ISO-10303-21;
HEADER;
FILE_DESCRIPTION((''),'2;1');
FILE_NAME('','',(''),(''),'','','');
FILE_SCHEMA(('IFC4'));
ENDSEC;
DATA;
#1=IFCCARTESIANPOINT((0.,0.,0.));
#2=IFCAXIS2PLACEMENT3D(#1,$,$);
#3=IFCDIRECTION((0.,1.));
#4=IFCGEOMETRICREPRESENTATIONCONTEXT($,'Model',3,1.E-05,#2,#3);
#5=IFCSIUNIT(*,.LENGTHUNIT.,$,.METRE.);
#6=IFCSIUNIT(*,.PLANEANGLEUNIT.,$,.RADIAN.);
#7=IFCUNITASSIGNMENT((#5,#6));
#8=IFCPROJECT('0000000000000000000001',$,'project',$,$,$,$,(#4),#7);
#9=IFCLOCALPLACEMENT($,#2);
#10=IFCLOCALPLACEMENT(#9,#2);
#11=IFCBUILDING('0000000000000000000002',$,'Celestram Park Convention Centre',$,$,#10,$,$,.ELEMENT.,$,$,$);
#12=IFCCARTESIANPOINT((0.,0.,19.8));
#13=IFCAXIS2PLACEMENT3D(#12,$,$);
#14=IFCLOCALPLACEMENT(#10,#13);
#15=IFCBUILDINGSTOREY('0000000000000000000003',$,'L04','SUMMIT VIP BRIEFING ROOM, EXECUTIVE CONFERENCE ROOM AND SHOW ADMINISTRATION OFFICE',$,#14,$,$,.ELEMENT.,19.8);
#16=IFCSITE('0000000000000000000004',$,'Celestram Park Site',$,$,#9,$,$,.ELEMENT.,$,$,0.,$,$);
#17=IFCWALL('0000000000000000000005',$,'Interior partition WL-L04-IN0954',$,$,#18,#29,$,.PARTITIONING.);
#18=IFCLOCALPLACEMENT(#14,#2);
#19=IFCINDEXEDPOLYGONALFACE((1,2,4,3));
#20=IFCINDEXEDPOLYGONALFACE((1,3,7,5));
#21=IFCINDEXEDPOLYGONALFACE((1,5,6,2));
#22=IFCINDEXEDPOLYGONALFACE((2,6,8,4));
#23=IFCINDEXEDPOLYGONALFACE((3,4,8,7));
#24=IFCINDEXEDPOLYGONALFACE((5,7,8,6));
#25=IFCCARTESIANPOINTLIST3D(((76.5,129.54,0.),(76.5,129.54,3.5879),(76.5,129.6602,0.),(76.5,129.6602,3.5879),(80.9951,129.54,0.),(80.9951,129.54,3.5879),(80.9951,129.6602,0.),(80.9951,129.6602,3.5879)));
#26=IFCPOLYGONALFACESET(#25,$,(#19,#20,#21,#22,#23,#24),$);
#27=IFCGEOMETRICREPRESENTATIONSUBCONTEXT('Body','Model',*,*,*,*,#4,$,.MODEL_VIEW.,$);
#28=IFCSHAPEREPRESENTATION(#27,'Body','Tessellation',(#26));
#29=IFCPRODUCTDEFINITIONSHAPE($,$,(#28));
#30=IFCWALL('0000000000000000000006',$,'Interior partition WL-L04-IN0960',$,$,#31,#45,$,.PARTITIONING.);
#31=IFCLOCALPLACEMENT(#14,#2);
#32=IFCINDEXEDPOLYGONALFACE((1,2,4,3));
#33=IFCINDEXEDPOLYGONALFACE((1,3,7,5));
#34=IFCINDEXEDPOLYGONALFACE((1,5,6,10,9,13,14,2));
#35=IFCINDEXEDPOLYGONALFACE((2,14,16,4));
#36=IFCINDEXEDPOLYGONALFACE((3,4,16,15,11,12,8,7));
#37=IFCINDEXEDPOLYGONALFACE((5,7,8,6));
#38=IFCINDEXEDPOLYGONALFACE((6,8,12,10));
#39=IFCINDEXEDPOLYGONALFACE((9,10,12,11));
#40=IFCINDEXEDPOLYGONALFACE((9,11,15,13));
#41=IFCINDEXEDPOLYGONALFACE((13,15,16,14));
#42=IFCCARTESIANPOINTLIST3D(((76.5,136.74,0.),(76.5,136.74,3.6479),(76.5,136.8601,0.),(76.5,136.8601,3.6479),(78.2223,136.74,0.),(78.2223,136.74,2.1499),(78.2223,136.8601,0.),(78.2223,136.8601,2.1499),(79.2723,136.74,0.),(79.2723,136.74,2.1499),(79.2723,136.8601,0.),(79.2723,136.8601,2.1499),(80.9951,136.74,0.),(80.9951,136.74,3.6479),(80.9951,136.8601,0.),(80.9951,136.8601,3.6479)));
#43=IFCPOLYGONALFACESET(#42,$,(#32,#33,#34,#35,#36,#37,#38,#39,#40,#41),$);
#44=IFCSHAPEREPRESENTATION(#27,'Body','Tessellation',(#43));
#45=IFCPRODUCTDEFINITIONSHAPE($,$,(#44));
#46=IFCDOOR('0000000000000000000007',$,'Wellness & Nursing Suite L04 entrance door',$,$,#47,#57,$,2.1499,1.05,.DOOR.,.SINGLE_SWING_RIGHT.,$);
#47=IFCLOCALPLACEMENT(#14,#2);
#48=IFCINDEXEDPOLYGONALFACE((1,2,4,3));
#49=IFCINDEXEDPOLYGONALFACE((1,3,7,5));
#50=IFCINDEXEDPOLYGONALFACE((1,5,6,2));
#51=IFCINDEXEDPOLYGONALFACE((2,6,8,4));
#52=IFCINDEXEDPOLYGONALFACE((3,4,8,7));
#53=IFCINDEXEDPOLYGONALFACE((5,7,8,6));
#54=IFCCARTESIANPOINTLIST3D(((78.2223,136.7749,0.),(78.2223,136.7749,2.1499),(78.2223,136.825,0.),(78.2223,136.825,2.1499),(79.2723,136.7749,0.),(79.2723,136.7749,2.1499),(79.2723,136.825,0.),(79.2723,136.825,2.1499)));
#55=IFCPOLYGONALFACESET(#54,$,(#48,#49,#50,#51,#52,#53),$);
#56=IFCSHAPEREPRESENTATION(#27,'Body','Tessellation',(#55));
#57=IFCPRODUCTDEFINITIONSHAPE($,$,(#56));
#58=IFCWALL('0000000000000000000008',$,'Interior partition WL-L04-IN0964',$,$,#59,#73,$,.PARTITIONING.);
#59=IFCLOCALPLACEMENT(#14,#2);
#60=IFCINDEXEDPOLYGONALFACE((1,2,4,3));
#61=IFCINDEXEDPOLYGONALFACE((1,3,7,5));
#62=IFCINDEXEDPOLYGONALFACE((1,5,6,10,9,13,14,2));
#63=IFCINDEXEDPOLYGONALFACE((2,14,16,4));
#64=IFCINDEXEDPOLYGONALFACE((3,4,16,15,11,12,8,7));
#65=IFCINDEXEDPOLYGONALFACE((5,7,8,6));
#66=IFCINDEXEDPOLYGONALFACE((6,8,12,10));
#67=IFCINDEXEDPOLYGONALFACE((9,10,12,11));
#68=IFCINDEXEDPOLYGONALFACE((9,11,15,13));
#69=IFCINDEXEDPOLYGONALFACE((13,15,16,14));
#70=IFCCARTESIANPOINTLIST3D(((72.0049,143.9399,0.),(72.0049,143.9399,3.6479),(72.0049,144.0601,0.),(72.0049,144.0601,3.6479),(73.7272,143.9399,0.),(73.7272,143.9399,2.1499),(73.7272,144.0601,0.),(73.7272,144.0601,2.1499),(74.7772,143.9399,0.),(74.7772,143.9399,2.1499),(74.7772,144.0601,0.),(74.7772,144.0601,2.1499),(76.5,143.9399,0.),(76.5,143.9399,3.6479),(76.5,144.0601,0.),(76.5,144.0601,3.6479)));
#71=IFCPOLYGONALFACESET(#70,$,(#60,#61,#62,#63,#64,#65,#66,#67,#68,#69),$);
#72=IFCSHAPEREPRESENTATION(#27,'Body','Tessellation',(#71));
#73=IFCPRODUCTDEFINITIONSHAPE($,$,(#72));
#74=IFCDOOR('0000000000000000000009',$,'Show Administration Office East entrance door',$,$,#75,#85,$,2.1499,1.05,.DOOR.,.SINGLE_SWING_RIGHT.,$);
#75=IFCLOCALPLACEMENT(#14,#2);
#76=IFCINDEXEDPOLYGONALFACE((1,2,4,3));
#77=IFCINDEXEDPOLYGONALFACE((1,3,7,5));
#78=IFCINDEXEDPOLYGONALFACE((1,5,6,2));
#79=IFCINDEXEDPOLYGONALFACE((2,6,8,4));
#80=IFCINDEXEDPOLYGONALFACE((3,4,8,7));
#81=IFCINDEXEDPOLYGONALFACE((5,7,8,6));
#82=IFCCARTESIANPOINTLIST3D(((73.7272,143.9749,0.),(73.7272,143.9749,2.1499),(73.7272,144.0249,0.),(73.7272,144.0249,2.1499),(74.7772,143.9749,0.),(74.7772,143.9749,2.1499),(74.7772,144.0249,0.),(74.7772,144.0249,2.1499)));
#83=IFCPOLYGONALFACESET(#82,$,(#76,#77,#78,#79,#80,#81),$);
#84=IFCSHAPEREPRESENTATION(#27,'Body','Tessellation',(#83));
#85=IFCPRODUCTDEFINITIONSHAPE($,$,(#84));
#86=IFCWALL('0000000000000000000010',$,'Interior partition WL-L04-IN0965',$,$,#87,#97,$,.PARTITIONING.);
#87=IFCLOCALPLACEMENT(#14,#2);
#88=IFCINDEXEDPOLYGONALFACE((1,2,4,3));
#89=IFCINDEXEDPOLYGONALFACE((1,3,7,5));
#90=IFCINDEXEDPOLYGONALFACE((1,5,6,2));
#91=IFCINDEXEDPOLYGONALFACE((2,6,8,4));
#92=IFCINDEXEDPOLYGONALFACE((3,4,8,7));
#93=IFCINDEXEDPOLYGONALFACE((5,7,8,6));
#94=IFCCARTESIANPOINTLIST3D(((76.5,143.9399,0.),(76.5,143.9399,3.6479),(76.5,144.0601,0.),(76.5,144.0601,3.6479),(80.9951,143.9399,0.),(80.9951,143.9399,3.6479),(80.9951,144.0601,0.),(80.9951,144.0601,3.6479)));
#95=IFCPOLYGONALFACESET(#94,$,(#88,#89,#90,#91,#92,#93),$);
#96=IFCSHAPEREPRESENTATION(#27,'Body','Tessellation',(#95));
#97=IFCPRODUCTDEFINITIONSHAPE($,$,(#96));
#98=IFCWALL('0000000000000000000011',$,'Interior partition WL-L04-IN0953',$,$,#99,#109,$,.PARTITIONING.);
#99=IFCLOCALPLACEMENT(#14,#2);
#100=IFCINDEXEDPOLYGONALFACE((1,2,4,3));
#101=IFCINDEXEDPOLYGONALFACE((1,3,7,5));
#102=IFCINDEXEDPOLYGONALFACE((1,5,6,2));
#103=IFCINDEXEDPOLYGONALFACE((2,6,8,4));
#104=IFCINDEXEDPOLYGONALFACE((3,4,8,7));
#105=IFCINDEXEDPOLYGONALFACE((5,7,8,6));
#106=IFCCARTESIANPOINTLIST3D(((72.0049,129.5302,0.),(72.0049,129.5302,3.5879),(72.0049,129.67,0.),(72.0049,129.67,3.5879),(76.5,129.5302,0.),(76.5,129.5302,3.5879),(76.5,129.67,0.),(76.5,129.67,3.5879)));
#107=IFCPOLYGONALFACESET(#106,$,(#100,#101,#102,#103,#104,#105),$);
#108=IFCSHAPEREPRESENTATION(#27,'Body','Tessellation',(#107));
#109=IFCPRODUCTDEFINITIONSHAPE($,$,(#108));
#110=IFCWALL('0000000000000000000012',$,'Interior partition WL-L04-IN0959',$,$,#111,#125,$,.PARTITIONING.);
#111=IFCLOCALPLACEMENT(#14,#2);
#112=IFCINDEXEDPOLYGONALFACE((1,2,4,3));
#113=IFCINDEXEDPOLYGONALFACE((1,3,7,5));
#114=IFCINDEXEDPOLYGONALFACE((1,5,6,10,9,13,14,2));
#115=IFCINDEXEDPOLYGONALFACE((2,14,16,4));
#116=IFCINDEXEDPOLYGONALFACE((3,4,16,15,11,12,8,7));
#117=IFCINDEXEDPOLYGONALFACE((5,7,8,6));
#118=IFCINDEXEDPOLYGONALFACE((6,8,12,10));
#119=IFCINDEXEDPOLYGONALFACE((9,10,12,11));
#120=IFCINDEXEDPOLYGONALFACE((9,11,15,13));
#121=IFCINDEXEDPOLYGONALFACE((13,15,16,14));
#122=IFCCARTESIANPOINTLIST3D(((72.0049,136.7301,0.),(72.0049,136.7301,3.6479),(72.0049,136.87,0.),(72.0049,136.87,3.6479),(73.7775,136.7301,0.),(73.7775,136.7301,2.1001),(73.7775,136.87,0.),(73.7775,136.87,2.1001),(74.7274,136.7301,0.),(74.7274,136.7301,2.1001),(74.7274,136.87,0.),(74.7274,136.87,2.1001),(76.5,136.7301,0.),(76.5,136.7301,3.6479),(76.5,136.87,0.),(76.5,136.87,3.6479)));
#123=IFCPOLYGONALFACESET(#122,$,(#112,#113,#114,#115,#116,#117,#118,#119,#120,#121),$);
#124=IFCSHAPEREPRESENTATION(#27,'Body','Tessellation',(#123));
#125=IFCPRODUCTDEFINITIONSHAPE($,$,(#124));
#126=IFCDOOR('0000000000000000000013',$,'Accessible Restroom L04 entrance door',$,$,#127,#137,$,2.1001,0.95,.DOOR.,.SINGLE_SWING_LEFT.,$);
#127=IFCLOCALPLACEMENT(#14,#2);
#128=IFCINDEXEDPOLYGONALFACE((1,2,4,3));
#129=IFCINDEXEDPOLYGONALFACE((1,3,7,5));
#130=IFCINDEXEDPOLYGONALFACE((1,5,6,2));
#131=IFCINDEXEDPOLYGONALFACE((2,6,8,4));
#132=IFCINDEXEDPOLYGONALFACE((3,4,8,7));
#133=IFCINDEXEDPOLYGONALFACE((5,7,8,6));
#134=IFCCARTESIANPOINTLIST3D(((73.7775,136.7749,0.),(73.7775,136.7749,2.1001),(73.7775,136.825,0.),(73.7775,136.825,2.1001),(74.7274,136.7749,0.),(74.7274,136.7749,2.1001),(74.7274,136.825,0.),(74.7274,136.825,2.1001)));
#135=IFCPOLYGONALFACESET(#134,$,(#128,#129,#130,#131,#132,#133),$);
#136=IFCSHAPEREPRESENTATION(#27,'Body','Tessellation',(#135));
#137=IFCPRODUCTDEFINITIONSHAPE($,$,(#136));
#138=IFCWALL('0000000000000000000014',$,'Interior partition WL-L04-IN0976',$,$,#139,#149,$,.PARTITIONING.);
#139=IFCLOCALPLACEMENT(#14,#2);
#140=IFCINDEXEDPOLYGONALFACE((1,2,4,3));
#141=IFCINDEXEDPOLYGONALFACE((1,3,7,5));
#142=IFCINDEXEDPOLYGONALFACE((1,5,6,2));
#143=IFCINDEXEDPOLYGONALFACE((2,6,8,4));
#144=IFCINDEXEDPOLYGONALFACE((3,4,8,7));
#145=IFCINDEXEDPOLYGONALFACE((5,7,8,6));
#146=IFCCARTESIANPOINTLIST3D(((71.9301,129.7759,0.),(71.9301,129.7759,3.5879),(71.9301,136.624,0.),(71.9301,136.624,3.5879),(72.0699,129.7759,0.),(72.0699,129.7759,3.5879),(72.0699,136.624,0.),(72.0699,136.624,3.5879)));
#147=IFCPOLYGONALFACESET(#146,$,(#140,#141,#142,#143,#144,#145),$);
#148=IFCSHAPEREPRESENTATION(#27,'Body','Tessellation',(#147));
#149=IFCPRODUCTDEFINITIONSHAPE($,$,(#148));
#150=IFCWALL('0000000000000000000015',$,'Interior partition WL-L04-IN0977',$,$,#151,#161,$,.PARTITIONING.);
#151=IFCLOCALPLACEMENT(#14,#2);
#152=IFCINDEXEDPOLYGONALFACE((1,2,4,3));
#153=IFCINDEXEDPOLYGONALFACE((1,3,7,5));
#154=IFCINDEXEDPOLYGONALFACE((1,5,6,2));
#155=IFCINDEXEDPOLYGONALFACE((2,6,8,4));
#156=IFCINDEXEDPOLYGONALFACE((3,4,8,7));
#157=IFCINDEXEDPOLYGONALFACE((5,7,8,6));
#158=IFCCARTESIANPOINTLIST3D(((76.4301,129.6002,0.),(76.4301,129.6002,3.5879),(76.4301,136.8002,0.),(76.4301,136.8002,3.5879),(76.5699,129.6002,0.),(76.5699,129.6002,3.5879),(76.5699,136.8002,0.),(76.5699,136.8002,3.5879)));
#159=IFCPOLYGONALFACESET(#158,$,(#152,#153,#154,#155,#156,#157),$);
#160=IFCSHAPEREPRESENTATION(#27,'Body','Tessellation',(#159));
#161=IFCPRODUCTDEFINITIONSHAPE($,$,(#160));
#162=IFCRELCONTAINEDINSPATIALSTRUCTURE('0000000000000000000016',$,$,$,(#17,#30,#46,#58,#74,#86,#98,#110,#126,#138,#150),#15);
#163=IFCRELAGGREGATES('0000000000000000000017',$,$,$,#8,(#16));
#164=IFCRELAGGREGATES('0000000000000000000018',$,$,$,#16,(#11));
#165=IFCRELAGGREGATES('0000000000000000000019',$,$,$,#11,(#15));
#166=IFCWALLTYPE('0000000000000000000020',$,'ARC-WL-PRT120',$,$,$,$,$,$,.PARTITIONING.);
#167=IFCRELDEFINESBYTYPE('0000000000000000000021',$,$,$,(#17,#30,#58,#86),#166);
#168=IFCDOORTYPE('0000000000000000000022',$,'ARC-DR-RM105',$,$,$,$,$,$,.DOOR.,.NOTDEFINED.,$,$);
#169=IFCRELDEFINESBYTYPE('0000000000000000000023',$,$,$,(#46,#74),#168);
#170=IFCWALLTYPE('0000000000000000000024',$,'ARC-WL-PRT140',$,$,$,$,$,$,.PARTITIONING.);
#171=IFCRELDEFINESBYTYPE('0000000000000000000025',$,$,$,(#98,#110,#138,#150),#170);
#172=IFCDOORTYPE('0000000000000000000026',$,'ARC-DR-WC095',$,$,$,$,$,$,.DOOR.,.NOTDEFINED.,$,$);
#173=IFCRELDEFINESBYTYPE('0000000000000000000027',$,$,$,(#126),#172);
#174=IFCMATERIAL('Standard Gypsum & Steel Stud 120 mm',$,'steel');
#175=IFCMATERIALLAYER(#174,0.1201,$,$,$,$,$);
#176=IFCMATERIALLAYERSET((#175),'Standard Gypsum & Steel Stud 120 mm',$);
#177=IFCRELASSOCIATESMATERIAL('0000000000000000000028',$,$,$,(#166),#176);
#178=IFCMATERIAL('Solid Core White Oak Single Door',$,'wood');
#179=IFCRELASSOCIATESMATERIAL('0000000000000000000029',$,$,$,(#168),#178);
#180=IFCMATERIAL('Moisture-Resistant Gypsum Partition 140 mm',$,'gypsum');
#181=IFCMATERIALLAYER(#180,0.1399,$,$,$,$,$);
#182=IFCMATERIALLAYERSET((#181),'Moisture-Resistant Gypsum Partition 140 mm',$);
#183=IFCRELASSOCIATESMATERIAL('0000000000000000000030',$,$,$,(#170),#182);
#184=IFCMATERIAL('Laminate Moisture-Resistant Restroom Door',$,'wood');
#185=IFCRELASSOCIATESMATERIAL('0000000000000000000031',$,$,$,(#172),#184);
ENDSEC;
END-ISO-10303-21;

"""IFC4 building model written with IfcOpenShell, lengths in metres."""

from ifc_helpers import new_model, si_unit, direction, frame, frame_2d, origin, place, context, subcontext, project, spatial, rectangle, extrude, material, layer, layer_set, type_object, element, fill, save


model = new_model("IFC4")

# Units and contexts
model_context = context("Model", 3, precision=1e-05, world=origin(), true_north=direction((0.0, 1.0)))
body_context = subcontext(model_context, "Body", "Model", "MODEL_VIEW")
ifc_project = project(units=[si_unit("LENGTHUNIT", "METRE"), si_unit("PLANEANGLEUNIT", "RADIAN")], contexts=[model_context])

# Site, building, storey
site_placement = place(None, origin())
site = spatial("IfcSite", under=ifc_project, at=site_placement, Name="Celestram Park Site", CompositionType="ELEMENT", RefElevation=0.0)
building_placement = place(site_placement, origin())
building = spatial("IfcBuilding", under=site, at=building_placement, Name="Celestram Park Convention Centre", CompositionType="ELEMENT")
storey_placement = place(building_placement, frame((0.0, 0.0, 19.8)))
storey = spatial("IfcBuildingStorey", under=building, at=storey_placement, Name="L04", Description="SUMMIT VIP BRIEFING ROOM, EXECUTIVE CONFERENCE ROOM AND SHOW ADMINISTRATION OFFICE", CompositionType="ELEMENT", Elevation=19.8)

# Wall
ifc_material_1 = material(Name="Standard Gypsum & Steel Stud 120 mm", Category="steel")
ifc_layer_1 = layer(ifc_material_1, 0.1201)
ifc_layer_set_1 = layer_set([ifc_layer_1], Name="Standard Gypsum & Steel Stud 120 mm")
wall_type_1 = type_object("IfcWallType", Name="ARC-WL-PRT120", PredefinedType="PARTITIONING", material=ifc_layer_set_1)
wall_1_placement = place(storey_placement, frame((76.5, 129.6001, 0.0), z_axis=(0.0, 0.0, 1.0), x_axis=(1.0, 0.0, 0.0)))
element("IfcWall", 1, at=wall_1_placement, inside=storey, type_object=wall_type_1, Name="Interior partition WL-L04-IN0954", PredefinedType="PARTITIONING", context=body_context, shape_type="SweptSolid", body=[
    extrude(rectangle(XDim=4.4951, YDim=0.1201, at=frame_2d((2.2476, 0.0))), origin(), (0.0, 0.0, 1.0), 3.5879),
])

# Walls, openings, doors
wall_2_placement = place(storey_placement, frame((76.5, 136.8, 0.0), z_axis=(0.0, 0.0, 1.0), x_axis=(1.0, 0.0, 0.0)))
wall_2 = element("IfcWall", 2, at=wall_2_placement, inside=storey, type_object=wall_type_1, Name="Interior partition WL-L04-IN0960", PredefinedType="PARTITIONING", context=body_context, shape_type="SweptSolid", body=[
    extrude(rectangle(XDim=4.4951, YDim=0.1201, at=frame_2d((2.2476, 0.0))), origin(), (0.0, 0.0, 1.0), 3.6479),
])
opening_1_placement = place(wall_2_placement, frame((1.7224, 0.0, 0.0)))
opening_1 = element("IfcOpeningElement", 3, at=opening_1_placement, cuts=wall_2, PredefinedType="OPENING", context=body_context, shape_type="SweptSolid", body=[
    extrude(rectangle(XDim=1.05, YDim=2.1499, at=frame_2d((0.5249, 1.075))), frame((0.0, 0.0701, 0.0), z_axis=(0.0, -1.0, 0.0), x_axis=(1.0, 0.0, 0.0)), (0.0, 0.0, 1.0), 0.1401),
])
ifc_material_2 = material(Name="Solid Core White Oak Single Door", Category="wood")
door_type_1 = type_object("IfcDoorType", Name="ARC-DR-RM105", OperationType="NOTDEFINED", PredefinedType="DOOR", material=ifc_material_2)
door_1_placement = place(opening_1_placement, origin())
door_1 = element("IfcDoor", 4, at=door_1_placement, inside=storey, type_object=door_type_1, Name="Wellness & Nursing Suite L04 entrance door", OperationType="SINGLE_SWING_RIGHT", OverallHeight=2.1499, OverallWidth=1.05, PredefinedType="DOOR", context=body_context, shape_type="SweptSolid", body=[
    extrude(rectangle(XDim=1.05, YDim=2.1499, at=frame_2d((0.5249, 1.075))), frame((0.0, 0.0249, 0.0), z_axis=(0.0, -1.0, 0.0), x_axis=(1.0, 0.0, 0.0)), (0.0, 0.0, 1.0), 0.05),
])
fill(opening_1, door_1)
wall_3_placement = place(storey_placement, frame((72.0049, 144.0, 0.0), z_axis=(0.0, 0.0, 1.0), x_axis=(1.0, 0.0, 0.0)))
wall_3 = element("IfcWall", 5, at=wall_3_placement, inside=storey, type_object=wall_type_1, Name="Interior partition WL-L04-IN0964", PredefinedType="PARTITIONING", context=body_context, shape_type="SweptSolid", body=[
    extrude(rectangle(XDim=4.4951, YDim=0.1201, at=frame_2d((2.2476, 0.0))), origin(), (0.0, 0.0, 1.0), 3.6479),
])
opening_2_placement = place(wall_3_placement, frame((1.7224, 0.0, 0.0)))
opening_2 = element("IfcOpeningElement", 6, at=opening_2_placement, cuts=wall_3, PredefinedType="OPENING", context=body_context, shape_type="SweptSolid", body=[
    extrude(rectangle(XDim=1.05, YDim=2.1499, at=frame_2d((0.5249, 1.075))), frame((0.0, 0.0701, 0.0), z_axis=(0.0, -1.0, 0.0), x_axis=(1.0, 0.0, 0.0)), (0.0, 0.0, 1.0), 0.1401),
])
door_2_placement = place(opening_2_placement, origin())
door_2 = element("IfcDoor", 7, at=door_2_placement, inside=storey, type_object=door_type_1, Name="Show Administration Office East entrance door", OperationType="SINGLE_SWING_RIGHT", OverallHeight=2.1499, OverallWidth=1.05, PredefinedType="DOOR", context=body_context, shape_type="SweptSolid", body=[
    extrude(rectangle(XDim=1.05, YDim=2.1499, at=frame_2d((0.5249, 1.075))), frame((0.0, 0.0249, 0.0), z_axis=(0.0, -1.0, 0.0), x_axis=(1.0, 0.0, 0.0)), (0.0, 0.0, 1.0), 0.05),
])
fill(opening_2, door_2)

# Walls
wall_4_placement = place(storey_placement, frame((76.5, 144.0, 0.0), z_axis=(0.0, 0.0, 1.0), x_axis=(1.0, 0.0, 0.0)))
element("IfcWall", 8, at=wall_4_placement, inside=storey, type_object=wall_type_1, Name="Interior partition WL-L04-IN0965", PredefinedType="PARTITIONING", context=body_context, shape_type="SweptSolid", body=[
    extrude(rectangle(XDim=4.4951, YDim=0.1201, at=frame_2d((2.2476, 0.0))), origin(), (0.0, 0.0, 1.0), 3.6479),
])
ifc_material_3 = material(Name="Moisture-Resistant Gypsum Partition 140 mm", Category="gypsum")
ifc_layer_2 = layer(ifc_material_3, 0.1399)
ifc_layer_set_2 = layer_set([ifc_layer_2], Name="Moisture-Resistant Gypsum Partition 140 mm")
wall_type_2 = type_object("IfcWallType", Name="ARC-WL-PRT140", PredefinedType="PARTITIONING", material=ifc_layer_set_2)
wall_5_placement = place(storey_placement, frame((72.0049, 129.6001, 0.0), z_axis=(0.0, 0.0, 1.0), x_axis=(1.0, 0.0, 0.0)))
element("IfcWall", 9, at=wall_5_placement, inside=storey, type_object=wall_type_2, Name="Interior partition WL-L04-IN0953", PredefinedType="PARTITIONING", context=body_context, shape_type="SweptSolid", body=[
    extrude(rectangle(XDim=4.4951, YDim=0.1399, at=frame_2d((2.2476, 0.0))), origin(), (0.0, 0.0, 1.0), 3.5879),
])

# Wall, opening, door
wall_6_placement = place(storey_placement, frame((72.0049, 136.8, 0.0), z_axis=(0.0, 0.0, 1.0), x_axis=(1.0, 0.0, 0.0)))
wall_6 = element("IfcWall", 10, at=wall_6_placement, inside=storey, type_object=wall_type_2, Name="Interior partition WL-L04-IN0959", PredefinedType="PARTITIONING", context=body_context, shape_type="SweptSolid", body=[
    extrude(rectangle(XDim=4.4951, YDim=0.1399, at=frame_2d((2.2476, 0.0))), origin(), (0.0, 0.0, 1.0), 3.6479),
])
opening_3_placement = place(wall_6_placement, frame((1.7725, 0.0, 0.0)))
opening_3 = element("IfcOpeningElement", 11, at=opening_3_placement, cuts=wall_6, PredefinedType="OPENING", context=body_context, shape_type="SweptSolid", body=[
    extrude(rectangle(XDim=0.95, YDim=2.1001, at=frame_2d((0.4751, 1.05))), frame((0.0, 0.0798, 0.0), z_axis=(0.0, -1.0, 0.0), x_axis=(1.0, 0.0, 0.0)), (0.0, 0.0, 1.0), 0.1599),
])
ifc_material_4 = material(Name="Laminate Moisture-Resistant Restroom Door", Category="wood")
door_type_2 = type_object("IfcDoorType", Name="ARC-DR-WC095", OperationType="NOTDEFINED", PredefinedType="DOOR", material=ifc_material_4)
door_3_placement = place(opening_3_placement, origin())
door_3 = element("IfcDoor", 12, at=door_3_placement, inside=storey, type_object=door_type_2, Name="Accessible Restroom L04 entrance door", OperationType="SINGLE_SWING_LEFT", OverallHeight=2.1001, OverallWidth=0.95, PredefinedType="DOOR", context=body_context, shape_type="SweptSolid", body=[
    extrude(rectangle(XDim=0.95, YDim=2.1001, at=frame_2d((0.4751, 1.05))), frame((0.0, 0.0249, 0.0), z_axis=(0.0, -1.0, 0.0), x_axis=(1.0, 0.0, 0.0)), (0.0, 0.0, 1.0), 0.05),
])
fill(opening_3, door_3)

# Walls
wall_7_placement = place(storey_placement, frame((72.0, 129.7759, 0.0), z_axis=(0.0, 0.0, 1.0), x_axis=(0.0, 1.0, 0.0)))
element("IfcWall", 13, at=wall_7_placement, inside=storey, type_object=wall_type_2, Name="Interior partition WL-L04-IN0976", PredefinedType="PARTITIONING", context=body_context, shape_type="SweptSolid", body=[
    extrude(rectangle(XDim=6.8481, YDim=0.1399, at=frame_2d((3.4241, 0.0))), origin(), (0.0, 0.0, 1.0), 3.5879),
])
wall_8_placement = place(storey_placement, frame((76.5, 129.6001, 0.0), z_axis=(0.0, 0.0, 1.0), x_axis=(0.0, 1.0, 0.0)))
element("IfcWall", 14, at=wall_8_placement, inside=storey, type_object=wall_type_2, Name="Interior partition WL-L04-IN0977", PredefinedType="PARTITIONING", context=body_context, shape_type="SweptSolid", body=[
    extrude(rectangle(XDim=7.2, YDim=0.1399, at=frame_2d((3.6001, 0.0))), origin(), (0.0, 0.0, 1.0), 3.5879),
])

save(model, "model.ifc")
